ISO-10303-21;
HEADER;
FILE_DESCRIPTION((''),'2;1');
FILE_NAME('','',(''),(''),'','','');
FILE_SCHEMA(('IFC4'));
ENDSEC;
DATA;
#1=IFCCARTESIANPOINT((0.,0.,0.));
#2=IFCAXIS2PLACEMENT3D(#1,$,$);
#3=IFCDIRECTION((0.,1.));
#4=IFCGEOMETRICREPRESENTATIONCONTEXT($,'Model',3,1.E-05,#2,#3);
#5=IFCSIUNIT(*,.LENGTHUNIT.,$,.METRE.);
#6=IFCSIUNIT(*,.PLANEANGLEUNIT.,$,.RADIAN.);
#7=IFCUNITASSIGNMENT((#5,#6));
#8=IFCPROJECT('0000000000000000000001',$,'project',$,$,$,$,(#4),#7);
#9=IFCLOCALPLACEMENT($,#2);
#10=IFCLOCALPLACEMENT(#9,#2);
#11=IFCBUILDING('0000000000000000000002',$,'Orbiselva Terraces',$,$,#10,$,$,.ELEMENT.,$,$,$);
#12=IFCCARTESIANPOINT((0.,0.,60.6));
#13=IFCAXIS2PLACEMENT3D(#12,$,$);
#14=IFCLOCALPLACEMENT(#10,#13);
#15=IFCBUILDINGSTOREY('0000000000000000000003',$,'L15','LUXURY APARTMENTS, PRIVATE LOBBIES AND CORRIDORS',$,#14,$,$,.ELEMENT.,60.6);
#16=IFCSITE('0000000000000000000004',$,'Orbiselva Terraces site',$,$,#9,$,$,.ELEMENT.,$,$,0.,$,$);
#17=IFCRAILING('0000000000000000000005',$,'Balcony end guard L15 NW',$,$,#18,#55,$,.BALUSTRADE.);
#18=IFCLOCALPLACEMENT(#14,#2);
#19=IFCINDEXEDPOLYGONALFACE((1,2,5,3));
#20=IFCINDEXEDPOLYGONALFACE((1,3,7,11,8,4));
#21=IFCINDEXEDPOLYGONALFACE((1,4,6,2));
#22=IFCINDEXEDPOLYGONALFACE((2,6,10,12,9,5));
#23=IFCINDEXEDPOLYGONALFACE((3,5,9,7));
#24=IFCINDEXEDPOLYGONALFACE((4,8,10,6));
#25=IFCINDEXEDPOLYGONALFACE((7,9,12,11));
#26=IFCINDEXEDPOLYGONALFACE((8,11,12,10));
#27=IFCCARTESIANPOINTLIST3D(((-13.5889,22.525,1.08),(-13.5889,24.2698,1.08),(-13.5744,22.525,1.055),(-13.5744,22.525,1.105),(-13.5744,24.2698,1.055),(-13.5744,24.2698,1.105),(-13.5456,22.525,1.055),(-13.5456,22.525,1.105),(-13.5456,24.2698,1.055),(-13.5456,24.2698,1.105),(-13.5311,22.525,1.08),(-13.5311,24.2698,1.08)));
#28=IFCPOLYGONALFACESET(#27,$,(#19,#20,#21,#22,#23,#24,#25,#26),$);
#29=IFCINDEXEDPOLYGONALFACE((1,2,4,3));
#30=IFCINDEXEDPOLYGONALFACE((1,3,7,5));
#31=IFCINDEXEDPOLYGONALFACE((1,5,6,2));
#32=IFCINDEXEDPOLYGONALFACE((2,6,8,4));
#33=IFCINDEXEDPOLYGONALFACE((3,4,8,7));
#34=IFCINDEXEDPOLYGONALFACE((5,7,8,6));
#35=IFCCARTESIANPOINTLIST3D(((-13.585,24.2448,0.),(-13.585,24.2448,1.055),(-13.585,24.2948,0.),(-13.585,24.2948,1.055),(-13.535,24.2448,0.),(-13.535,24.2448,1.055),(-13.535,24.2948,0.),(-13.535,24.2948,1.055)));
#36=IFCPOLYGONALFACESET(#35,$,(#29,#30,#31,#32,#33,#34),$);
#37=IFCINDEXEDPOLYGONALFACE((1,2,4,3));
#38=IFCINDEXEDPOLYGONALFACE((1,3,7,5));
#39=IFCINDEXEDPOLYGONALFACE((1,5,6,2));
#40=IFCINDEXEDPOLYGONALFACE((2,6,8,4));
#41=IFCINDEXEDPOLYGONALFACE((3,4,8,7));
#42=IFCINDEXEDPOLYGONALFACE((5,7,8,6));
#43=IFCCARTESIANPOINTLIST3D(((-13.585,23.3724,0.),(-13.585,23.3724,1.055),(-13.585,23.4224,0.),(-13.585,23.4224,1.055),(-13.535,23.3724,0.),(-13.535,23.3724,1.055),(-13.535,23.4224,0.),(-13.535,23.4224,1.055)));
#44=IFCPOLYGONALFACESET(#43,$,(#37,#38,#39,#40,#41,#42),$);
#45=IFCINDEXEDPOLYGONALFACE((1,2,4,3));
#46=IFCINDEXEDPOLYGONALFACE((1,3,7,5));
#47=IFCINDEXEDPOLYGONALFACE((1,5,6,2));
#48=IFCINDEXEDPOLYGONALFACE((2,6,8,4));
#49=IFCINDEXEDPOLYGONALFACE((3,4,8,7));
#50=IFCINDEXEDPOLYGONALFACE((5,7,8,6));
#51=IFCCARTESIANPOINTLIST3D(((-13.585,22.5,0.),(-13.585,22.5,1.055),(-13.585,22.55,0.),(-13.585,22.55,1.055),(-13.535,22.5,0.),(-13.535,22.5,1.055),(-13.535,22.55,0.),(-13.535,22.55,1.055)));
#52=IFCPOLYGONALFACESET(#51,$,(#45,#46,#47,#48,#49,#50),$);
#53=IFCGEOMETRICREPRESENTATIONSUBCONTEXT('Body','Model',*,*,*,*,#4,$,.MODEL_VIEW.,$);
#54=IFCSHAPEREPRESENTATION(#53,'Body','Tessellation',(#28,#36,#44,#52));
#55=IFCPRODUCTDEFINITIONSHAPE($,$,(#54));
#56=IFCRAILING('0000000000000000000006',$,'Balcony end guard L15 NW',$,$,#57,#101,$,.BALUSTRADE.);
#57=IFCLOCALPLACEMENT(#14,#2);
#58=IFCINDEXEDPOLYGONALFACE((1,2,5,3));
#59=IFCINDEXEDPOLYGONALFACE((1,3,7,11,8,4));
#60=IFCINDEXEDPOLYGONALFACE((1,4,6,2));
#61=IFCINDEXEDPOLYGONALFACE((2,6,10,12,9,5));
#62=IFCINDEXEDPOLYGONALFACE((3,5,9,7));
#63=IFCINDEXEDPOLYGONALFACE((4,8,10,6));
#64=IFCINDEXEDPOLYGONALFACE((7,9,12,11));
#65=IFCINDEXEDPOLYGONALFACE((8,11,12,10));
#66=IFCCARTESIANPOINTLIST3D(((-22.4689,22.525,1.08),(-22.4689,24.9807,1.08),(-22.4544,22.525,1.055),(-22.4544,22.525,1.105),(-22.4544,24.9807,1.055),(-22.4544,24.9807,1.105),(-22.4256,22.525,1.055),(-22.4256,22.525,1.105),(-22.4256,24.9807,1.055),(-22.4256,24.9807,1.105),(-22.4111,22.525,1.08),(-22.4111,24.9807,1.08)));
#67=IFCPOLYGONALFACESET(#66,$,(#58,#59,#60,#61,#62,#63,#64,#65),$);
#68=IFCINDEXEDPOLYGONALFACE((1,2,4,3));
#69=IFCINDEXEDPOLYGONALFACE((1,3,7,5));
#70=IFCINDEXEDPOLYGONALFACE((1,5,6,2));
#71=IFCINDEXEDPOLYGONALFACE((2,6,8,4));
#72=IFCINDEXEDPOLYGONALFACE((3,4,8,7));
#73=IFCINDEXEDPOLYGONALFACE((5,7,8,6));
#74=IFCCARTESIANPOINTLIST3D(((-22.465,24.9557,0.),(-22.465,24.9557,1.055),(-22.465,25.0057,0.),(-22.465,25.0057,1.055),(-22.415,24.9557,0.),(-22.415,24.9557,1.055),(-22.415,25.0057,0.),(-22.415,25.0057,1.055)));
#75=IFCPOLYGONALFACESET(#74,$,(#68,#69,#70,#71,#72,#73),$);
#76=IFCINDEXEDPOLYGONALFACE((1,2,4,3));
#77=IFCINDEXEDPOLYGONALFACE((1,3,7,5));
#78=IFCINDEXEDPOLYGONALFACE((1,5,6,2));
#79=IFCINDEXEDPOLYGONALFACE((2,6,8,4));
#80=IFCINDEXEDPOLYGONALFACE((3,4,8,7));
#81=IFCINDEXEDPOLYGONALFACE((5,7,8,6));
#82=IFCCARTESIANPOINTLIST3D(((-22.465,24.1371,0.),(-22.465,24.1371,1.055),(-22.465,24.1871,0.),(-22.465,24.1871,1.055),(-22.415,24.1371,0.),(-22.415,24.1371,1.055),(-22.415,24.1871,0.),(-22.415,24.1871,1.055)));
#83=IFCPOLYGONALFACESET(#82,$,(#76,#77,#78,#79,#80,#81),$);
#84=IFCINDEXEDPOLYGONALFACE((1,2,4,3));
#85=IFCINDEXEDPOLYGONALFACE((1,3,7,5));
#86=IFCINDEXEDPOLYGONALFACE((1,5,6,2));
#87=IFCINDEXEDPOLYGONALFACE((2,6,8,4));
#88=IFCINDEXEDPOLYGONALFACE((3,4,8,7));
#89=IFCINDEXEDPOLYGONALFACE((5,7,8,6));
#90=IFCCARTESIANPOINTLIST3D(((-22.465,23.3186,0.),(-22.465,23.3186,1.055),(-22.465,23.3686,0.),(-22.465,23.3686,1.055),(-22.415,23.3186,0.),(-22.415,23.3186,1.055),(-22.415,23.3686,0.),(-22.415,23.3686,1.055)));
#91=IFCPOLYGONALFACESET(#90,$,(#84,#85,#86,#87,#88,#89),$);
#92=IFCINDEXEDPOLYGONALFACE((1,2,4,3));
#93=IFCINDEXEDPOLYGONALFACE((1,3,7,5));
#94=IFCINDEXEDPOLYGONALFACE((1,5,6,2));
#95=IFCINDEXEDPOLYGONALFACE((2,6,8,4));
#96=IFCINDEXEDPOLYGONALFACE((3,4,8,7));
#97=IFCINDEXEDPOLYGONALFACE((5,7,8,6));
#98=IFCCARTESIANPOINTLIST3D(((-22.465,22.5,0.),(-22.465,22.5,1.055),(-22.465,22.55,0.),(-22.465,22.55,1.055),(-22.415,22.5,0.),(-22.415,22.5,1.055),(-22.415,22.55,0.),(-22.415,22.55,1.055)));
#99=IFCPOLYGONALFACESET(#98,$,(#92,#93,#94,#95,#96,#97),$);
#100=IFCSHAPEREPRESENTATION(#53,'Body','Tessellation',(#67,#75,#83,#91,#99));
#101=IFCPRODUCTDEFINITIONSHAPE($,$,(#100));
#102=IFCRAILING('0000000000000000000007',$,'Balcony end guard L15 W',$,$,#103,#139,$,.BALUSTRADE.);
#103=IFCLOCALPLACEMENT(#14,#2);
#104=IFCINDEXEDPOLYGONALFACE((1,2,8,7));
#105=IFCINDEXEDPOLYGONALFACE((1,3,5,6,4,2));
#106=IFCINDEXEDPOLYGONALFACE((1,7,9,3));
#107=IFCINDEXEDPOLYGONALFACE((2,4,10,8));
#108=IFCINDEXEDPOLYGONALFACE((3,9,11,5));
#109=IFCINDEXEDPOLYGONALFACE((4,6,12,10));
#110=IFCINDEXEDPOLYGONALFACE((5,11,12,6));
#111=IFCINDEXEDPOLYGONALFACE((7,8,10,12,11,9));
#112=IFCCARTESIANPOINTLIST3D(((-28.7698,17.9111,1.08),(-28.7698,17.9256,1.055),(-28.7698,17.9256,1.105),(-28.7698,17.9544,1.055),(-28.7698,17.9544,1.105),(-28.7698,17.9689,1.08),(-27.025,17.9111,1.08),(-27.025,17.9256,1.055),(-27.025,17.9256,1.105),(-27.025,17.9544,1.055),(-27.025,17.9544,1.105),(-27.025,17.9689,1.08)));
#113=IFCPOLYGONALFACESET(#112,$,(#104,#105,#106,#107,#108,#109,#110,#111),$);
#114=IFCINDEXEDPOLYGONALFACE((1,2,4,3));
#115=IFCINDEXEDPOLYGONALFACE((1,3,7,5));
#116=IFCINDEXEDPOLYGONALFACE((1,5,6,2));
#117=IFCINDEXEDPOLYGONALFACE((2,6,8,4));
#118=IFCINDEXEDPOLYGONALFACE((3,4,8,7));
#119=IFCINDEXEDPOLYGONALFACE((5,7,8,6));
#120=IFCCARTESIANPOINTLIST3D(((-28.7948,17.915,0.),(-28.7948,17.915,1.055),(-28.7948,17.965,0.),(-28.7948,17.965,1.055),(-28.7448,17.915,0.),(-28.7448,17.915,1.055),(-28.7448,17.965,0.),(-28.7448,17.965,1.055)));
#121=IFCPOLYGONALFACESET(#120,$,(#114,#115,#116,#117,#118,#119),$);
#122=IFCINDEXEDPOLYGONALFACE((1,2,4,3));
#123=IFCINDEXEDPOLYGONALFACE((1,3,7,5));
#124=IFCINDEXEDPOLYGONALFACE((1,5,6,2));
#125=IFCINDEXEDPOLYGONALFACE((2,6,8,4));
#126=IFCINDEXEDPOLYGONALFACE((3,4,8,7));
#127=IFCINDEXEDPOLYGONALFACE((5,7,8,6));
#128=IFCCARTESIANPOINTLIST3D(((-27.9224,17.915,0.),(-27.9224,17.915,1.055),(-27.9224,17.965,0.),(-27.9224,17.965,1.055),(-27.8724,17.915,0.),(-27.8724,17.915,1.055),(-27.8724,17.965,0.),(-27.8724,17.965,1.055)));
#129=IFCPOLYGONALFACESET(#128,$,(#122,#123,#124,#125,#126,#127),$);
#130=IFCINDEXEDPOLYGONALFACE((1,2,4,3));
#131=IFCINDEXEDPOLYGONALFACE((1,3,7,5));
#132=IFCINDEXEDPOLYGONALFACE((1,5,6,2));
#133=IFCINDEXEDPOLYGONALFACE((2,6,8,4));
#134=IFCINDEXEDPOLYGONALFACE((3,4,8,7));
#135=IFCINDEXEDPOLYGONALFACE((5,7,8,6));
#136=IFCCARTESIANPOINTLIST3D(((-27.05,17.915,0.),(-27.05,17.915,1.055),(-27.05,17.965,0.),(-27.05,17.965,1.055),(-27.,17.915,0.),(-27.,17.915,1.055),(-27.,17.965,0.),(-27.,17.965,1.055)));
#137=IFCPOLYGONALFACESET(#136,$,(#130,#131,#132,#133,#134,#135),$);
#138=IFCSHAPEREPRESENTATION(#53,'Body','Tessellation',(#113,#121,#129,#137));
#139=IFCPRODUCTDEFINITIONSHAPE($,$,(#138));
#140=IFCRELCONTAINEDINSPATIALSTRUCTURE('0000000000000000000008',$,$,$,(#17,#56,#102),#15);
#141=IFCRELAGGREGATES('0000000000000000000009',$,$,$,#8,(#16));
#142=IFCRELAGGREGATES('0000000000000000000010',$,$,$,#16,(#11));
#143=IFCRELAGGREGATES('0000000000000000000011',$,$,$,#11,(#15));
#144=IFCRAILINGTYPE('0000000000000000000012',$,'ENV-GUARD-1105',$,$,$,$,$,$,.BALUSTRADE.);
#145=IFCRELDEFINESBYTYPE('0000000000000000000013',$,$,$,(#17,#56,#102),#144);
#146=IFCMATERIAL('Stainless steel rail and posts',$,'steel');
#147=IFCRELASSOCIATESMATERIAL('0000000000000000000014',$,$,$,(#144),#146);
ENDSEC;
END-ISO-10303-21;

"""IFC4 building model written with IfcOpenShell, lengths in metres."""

from ifc_helpers import new_model, si_unit, direction, frame, origin, origin_2d, place, context, subcontext, project, spatial, polyline, rectangle, outline, extrude, material, type_object, element, save


model = new_model("IFC4")

# Units and contexts
model_context = context("Model", 3, precision=1e-05, world=origin(), true_north=direction((0.0, 1.0)))
body_context = subcontext(model_context, "Body", "Model", "MODEL_VIEW")
ifc_project = project(units=[si_unit("LENGTHUNIT", "METRE"), si_unit("PLANEANGLEUNIT", "RADIAN")], contexts=[model_context])

# Site, building, storey
site_placement = place(None, origin())
site = spatial("IfcSite", under=ifc_project, at=site_placement, Name="Orbiselva Terraces site", CompositionType="ELEMENT", RefElevation=0.0)
building_placement = place(site_placement, origin())
building = spatial("IfcBuilding", under=site, at=building_placement, Name="Orbiselva Terraces", CompositionType="ELEMENT")
storey_placement = place(building_placement, frame((0.0, 0.0, 60.6)))
storey = spatial("IfcBuildingStorey", under=building, at=storey_placement, Name="L15", Description="LUXURY APARTMENTS, PRIVATE LOBBIES AND CORRIDORS", CompositionType="ELEMENT", Elevation=60.6)

# Railings
ifc_material_1 = material(Name="Stainless steel rail and posts", Category="steel")
railing_type_1 = type_object("IfcRailingType", Name="ENV-GUARD-1105", PredefinedType="BALUSTRADE", material=ifc_material_1)
railing_1_placement = place(storey_placement, frame((-13.56, 24.2698, 0.0)))
element("IfcRailing", 1, at=railing_1_placement, inside=storey, type_object=railing_type_1, Name="Balcony end guard L15 NW", PredefinedType="BALUSTRADE", context=body_context, shape_type="SweptSolid", body=[
    extrude(outline(polyline([(0.0289, 0.0), (0.0144, 0.025), (-0.0144, 0.025), (-0.0289, 0.0), (-0.0144, -0.025), (0.0144, -0.025), (0.0289, 0.0)])), frame((0.0, 0.0, 1.08), z_axis=(0.0, -1.0, 0.0), x_axis=(1.0, 0.0, 0.0)), (0.0, 0.0, 1.0), 1.7448),
    extrude(rectangle(XDim=0.05, YDim=0.05, at=origin_2d()), origin(), (0.0, 0.0, 1.0), 1.055),
    extrude(rectangle(XDim=0.05, YDim=0.05, at=origin_2d()), frame((0.0, -0.8724, 0.0)), (0.0, 0.0, 1.0), 1.055),
    extrude(rectangle(XDim=0.05, YDim=0.05, at=origin_2d()), frame((0.0, -1.7448, 0.0)), (0.0, 0.0, 1.0), 1.055),
])
railing_2_placement = place(storey_placement, frame((-22.44, 24.9807, 0.0)))
element("IfcRailing", 2, at=railing_2_placement, inside=storey, type_object=railing_type_1, Name="Balcony end guard L15 NW", PredefinedType="BALUSTRADE", context=body_context, shape_type="SweptSolid", body=[
    extrude(outline(polyline([(0.0289, 0.0), (0.0144, 0.025), (-0.0144, 0.025), (-0.0289, 0.0), (-0.0144, -0.025), (0.0144, -0.025), (0.0289, 0.0)])), frame((0.0, 0.0, 1.08), z_axis=(0.0, -1.0, 0.0), x_axis=(1.0, 0.0, 0.0)), (0.0, 0.0, 1.0), 2.4557),
    extrude(rectangle(XDim=0.05, YDim=0.05, at=origin_2d()), origin(), (0.0, 0.0, 1.0), 1.055),
    extrude(rectangle(XDim=0.05, YDim=0.05, at=origin_2d()), frame((0.0, -0.8186, 0.0)), (0.0, 0.0, 1.0), 1.055),
    extrude(rectangle(XDim=0.05, YDim=0.05, at=origin_2d()), frame((0.0, -1.6371, 0.0)), (0.0, 0.0, 1.0), 1.055),
    extrude(rectangle(XDim=0.05, YDim=0.05, at=origin_2d()), frame((0.0, -2.4557, 0.0)), (0.0, 0.0, 1.0), 1.055),
])
railing_3_placement = place(storey_placement, frame((-28.7698, 17.94, 0.0)))
element("IfcRailing", 3, at=railing_3_placement, inside=storey, type_object=railing_type_1, Name="Balcony end guard L15 W", PredefinedType="BALUSTRADE", context=body_context, shape_type="SweptSolid", body=[
    extrude(outline(polyline([(0.0289, 0.0), (0.0144, 0.025), (-0.0144, 0.025), (-0.0289, 0.0), (-0.0144, -0.025), (0.0144, -0.025), (0.0289, 0.0)])), frame((0.0, 0.0, 1.08), z_axis=(1.0, 0.0, 0.0), x_axis=(0.0, 1.0, 0.0)), (0.0, 0.0, 1.0), 1.7448),
    extrude(rectangle(XDim=0.05, YDim=0.05, at=origin_2d()), origin(), (0.0, 0.0, 1.0), 1.055),
    extrude(rectangle(XDim=0.05, YDim=0.05, at=origin_2d()), frame((0.8724, 0.0, 0.0)), (0.0, 0.0, 1.0), 1.055),
    extrude(rectangle(XDim=0.05, YDim=0.05, at=origin_2d()), frame((1.7448, 0.0, 0.0)), (0.0, 0.0, 1.0), 1.055),
])

save(model, "model.ifc")
